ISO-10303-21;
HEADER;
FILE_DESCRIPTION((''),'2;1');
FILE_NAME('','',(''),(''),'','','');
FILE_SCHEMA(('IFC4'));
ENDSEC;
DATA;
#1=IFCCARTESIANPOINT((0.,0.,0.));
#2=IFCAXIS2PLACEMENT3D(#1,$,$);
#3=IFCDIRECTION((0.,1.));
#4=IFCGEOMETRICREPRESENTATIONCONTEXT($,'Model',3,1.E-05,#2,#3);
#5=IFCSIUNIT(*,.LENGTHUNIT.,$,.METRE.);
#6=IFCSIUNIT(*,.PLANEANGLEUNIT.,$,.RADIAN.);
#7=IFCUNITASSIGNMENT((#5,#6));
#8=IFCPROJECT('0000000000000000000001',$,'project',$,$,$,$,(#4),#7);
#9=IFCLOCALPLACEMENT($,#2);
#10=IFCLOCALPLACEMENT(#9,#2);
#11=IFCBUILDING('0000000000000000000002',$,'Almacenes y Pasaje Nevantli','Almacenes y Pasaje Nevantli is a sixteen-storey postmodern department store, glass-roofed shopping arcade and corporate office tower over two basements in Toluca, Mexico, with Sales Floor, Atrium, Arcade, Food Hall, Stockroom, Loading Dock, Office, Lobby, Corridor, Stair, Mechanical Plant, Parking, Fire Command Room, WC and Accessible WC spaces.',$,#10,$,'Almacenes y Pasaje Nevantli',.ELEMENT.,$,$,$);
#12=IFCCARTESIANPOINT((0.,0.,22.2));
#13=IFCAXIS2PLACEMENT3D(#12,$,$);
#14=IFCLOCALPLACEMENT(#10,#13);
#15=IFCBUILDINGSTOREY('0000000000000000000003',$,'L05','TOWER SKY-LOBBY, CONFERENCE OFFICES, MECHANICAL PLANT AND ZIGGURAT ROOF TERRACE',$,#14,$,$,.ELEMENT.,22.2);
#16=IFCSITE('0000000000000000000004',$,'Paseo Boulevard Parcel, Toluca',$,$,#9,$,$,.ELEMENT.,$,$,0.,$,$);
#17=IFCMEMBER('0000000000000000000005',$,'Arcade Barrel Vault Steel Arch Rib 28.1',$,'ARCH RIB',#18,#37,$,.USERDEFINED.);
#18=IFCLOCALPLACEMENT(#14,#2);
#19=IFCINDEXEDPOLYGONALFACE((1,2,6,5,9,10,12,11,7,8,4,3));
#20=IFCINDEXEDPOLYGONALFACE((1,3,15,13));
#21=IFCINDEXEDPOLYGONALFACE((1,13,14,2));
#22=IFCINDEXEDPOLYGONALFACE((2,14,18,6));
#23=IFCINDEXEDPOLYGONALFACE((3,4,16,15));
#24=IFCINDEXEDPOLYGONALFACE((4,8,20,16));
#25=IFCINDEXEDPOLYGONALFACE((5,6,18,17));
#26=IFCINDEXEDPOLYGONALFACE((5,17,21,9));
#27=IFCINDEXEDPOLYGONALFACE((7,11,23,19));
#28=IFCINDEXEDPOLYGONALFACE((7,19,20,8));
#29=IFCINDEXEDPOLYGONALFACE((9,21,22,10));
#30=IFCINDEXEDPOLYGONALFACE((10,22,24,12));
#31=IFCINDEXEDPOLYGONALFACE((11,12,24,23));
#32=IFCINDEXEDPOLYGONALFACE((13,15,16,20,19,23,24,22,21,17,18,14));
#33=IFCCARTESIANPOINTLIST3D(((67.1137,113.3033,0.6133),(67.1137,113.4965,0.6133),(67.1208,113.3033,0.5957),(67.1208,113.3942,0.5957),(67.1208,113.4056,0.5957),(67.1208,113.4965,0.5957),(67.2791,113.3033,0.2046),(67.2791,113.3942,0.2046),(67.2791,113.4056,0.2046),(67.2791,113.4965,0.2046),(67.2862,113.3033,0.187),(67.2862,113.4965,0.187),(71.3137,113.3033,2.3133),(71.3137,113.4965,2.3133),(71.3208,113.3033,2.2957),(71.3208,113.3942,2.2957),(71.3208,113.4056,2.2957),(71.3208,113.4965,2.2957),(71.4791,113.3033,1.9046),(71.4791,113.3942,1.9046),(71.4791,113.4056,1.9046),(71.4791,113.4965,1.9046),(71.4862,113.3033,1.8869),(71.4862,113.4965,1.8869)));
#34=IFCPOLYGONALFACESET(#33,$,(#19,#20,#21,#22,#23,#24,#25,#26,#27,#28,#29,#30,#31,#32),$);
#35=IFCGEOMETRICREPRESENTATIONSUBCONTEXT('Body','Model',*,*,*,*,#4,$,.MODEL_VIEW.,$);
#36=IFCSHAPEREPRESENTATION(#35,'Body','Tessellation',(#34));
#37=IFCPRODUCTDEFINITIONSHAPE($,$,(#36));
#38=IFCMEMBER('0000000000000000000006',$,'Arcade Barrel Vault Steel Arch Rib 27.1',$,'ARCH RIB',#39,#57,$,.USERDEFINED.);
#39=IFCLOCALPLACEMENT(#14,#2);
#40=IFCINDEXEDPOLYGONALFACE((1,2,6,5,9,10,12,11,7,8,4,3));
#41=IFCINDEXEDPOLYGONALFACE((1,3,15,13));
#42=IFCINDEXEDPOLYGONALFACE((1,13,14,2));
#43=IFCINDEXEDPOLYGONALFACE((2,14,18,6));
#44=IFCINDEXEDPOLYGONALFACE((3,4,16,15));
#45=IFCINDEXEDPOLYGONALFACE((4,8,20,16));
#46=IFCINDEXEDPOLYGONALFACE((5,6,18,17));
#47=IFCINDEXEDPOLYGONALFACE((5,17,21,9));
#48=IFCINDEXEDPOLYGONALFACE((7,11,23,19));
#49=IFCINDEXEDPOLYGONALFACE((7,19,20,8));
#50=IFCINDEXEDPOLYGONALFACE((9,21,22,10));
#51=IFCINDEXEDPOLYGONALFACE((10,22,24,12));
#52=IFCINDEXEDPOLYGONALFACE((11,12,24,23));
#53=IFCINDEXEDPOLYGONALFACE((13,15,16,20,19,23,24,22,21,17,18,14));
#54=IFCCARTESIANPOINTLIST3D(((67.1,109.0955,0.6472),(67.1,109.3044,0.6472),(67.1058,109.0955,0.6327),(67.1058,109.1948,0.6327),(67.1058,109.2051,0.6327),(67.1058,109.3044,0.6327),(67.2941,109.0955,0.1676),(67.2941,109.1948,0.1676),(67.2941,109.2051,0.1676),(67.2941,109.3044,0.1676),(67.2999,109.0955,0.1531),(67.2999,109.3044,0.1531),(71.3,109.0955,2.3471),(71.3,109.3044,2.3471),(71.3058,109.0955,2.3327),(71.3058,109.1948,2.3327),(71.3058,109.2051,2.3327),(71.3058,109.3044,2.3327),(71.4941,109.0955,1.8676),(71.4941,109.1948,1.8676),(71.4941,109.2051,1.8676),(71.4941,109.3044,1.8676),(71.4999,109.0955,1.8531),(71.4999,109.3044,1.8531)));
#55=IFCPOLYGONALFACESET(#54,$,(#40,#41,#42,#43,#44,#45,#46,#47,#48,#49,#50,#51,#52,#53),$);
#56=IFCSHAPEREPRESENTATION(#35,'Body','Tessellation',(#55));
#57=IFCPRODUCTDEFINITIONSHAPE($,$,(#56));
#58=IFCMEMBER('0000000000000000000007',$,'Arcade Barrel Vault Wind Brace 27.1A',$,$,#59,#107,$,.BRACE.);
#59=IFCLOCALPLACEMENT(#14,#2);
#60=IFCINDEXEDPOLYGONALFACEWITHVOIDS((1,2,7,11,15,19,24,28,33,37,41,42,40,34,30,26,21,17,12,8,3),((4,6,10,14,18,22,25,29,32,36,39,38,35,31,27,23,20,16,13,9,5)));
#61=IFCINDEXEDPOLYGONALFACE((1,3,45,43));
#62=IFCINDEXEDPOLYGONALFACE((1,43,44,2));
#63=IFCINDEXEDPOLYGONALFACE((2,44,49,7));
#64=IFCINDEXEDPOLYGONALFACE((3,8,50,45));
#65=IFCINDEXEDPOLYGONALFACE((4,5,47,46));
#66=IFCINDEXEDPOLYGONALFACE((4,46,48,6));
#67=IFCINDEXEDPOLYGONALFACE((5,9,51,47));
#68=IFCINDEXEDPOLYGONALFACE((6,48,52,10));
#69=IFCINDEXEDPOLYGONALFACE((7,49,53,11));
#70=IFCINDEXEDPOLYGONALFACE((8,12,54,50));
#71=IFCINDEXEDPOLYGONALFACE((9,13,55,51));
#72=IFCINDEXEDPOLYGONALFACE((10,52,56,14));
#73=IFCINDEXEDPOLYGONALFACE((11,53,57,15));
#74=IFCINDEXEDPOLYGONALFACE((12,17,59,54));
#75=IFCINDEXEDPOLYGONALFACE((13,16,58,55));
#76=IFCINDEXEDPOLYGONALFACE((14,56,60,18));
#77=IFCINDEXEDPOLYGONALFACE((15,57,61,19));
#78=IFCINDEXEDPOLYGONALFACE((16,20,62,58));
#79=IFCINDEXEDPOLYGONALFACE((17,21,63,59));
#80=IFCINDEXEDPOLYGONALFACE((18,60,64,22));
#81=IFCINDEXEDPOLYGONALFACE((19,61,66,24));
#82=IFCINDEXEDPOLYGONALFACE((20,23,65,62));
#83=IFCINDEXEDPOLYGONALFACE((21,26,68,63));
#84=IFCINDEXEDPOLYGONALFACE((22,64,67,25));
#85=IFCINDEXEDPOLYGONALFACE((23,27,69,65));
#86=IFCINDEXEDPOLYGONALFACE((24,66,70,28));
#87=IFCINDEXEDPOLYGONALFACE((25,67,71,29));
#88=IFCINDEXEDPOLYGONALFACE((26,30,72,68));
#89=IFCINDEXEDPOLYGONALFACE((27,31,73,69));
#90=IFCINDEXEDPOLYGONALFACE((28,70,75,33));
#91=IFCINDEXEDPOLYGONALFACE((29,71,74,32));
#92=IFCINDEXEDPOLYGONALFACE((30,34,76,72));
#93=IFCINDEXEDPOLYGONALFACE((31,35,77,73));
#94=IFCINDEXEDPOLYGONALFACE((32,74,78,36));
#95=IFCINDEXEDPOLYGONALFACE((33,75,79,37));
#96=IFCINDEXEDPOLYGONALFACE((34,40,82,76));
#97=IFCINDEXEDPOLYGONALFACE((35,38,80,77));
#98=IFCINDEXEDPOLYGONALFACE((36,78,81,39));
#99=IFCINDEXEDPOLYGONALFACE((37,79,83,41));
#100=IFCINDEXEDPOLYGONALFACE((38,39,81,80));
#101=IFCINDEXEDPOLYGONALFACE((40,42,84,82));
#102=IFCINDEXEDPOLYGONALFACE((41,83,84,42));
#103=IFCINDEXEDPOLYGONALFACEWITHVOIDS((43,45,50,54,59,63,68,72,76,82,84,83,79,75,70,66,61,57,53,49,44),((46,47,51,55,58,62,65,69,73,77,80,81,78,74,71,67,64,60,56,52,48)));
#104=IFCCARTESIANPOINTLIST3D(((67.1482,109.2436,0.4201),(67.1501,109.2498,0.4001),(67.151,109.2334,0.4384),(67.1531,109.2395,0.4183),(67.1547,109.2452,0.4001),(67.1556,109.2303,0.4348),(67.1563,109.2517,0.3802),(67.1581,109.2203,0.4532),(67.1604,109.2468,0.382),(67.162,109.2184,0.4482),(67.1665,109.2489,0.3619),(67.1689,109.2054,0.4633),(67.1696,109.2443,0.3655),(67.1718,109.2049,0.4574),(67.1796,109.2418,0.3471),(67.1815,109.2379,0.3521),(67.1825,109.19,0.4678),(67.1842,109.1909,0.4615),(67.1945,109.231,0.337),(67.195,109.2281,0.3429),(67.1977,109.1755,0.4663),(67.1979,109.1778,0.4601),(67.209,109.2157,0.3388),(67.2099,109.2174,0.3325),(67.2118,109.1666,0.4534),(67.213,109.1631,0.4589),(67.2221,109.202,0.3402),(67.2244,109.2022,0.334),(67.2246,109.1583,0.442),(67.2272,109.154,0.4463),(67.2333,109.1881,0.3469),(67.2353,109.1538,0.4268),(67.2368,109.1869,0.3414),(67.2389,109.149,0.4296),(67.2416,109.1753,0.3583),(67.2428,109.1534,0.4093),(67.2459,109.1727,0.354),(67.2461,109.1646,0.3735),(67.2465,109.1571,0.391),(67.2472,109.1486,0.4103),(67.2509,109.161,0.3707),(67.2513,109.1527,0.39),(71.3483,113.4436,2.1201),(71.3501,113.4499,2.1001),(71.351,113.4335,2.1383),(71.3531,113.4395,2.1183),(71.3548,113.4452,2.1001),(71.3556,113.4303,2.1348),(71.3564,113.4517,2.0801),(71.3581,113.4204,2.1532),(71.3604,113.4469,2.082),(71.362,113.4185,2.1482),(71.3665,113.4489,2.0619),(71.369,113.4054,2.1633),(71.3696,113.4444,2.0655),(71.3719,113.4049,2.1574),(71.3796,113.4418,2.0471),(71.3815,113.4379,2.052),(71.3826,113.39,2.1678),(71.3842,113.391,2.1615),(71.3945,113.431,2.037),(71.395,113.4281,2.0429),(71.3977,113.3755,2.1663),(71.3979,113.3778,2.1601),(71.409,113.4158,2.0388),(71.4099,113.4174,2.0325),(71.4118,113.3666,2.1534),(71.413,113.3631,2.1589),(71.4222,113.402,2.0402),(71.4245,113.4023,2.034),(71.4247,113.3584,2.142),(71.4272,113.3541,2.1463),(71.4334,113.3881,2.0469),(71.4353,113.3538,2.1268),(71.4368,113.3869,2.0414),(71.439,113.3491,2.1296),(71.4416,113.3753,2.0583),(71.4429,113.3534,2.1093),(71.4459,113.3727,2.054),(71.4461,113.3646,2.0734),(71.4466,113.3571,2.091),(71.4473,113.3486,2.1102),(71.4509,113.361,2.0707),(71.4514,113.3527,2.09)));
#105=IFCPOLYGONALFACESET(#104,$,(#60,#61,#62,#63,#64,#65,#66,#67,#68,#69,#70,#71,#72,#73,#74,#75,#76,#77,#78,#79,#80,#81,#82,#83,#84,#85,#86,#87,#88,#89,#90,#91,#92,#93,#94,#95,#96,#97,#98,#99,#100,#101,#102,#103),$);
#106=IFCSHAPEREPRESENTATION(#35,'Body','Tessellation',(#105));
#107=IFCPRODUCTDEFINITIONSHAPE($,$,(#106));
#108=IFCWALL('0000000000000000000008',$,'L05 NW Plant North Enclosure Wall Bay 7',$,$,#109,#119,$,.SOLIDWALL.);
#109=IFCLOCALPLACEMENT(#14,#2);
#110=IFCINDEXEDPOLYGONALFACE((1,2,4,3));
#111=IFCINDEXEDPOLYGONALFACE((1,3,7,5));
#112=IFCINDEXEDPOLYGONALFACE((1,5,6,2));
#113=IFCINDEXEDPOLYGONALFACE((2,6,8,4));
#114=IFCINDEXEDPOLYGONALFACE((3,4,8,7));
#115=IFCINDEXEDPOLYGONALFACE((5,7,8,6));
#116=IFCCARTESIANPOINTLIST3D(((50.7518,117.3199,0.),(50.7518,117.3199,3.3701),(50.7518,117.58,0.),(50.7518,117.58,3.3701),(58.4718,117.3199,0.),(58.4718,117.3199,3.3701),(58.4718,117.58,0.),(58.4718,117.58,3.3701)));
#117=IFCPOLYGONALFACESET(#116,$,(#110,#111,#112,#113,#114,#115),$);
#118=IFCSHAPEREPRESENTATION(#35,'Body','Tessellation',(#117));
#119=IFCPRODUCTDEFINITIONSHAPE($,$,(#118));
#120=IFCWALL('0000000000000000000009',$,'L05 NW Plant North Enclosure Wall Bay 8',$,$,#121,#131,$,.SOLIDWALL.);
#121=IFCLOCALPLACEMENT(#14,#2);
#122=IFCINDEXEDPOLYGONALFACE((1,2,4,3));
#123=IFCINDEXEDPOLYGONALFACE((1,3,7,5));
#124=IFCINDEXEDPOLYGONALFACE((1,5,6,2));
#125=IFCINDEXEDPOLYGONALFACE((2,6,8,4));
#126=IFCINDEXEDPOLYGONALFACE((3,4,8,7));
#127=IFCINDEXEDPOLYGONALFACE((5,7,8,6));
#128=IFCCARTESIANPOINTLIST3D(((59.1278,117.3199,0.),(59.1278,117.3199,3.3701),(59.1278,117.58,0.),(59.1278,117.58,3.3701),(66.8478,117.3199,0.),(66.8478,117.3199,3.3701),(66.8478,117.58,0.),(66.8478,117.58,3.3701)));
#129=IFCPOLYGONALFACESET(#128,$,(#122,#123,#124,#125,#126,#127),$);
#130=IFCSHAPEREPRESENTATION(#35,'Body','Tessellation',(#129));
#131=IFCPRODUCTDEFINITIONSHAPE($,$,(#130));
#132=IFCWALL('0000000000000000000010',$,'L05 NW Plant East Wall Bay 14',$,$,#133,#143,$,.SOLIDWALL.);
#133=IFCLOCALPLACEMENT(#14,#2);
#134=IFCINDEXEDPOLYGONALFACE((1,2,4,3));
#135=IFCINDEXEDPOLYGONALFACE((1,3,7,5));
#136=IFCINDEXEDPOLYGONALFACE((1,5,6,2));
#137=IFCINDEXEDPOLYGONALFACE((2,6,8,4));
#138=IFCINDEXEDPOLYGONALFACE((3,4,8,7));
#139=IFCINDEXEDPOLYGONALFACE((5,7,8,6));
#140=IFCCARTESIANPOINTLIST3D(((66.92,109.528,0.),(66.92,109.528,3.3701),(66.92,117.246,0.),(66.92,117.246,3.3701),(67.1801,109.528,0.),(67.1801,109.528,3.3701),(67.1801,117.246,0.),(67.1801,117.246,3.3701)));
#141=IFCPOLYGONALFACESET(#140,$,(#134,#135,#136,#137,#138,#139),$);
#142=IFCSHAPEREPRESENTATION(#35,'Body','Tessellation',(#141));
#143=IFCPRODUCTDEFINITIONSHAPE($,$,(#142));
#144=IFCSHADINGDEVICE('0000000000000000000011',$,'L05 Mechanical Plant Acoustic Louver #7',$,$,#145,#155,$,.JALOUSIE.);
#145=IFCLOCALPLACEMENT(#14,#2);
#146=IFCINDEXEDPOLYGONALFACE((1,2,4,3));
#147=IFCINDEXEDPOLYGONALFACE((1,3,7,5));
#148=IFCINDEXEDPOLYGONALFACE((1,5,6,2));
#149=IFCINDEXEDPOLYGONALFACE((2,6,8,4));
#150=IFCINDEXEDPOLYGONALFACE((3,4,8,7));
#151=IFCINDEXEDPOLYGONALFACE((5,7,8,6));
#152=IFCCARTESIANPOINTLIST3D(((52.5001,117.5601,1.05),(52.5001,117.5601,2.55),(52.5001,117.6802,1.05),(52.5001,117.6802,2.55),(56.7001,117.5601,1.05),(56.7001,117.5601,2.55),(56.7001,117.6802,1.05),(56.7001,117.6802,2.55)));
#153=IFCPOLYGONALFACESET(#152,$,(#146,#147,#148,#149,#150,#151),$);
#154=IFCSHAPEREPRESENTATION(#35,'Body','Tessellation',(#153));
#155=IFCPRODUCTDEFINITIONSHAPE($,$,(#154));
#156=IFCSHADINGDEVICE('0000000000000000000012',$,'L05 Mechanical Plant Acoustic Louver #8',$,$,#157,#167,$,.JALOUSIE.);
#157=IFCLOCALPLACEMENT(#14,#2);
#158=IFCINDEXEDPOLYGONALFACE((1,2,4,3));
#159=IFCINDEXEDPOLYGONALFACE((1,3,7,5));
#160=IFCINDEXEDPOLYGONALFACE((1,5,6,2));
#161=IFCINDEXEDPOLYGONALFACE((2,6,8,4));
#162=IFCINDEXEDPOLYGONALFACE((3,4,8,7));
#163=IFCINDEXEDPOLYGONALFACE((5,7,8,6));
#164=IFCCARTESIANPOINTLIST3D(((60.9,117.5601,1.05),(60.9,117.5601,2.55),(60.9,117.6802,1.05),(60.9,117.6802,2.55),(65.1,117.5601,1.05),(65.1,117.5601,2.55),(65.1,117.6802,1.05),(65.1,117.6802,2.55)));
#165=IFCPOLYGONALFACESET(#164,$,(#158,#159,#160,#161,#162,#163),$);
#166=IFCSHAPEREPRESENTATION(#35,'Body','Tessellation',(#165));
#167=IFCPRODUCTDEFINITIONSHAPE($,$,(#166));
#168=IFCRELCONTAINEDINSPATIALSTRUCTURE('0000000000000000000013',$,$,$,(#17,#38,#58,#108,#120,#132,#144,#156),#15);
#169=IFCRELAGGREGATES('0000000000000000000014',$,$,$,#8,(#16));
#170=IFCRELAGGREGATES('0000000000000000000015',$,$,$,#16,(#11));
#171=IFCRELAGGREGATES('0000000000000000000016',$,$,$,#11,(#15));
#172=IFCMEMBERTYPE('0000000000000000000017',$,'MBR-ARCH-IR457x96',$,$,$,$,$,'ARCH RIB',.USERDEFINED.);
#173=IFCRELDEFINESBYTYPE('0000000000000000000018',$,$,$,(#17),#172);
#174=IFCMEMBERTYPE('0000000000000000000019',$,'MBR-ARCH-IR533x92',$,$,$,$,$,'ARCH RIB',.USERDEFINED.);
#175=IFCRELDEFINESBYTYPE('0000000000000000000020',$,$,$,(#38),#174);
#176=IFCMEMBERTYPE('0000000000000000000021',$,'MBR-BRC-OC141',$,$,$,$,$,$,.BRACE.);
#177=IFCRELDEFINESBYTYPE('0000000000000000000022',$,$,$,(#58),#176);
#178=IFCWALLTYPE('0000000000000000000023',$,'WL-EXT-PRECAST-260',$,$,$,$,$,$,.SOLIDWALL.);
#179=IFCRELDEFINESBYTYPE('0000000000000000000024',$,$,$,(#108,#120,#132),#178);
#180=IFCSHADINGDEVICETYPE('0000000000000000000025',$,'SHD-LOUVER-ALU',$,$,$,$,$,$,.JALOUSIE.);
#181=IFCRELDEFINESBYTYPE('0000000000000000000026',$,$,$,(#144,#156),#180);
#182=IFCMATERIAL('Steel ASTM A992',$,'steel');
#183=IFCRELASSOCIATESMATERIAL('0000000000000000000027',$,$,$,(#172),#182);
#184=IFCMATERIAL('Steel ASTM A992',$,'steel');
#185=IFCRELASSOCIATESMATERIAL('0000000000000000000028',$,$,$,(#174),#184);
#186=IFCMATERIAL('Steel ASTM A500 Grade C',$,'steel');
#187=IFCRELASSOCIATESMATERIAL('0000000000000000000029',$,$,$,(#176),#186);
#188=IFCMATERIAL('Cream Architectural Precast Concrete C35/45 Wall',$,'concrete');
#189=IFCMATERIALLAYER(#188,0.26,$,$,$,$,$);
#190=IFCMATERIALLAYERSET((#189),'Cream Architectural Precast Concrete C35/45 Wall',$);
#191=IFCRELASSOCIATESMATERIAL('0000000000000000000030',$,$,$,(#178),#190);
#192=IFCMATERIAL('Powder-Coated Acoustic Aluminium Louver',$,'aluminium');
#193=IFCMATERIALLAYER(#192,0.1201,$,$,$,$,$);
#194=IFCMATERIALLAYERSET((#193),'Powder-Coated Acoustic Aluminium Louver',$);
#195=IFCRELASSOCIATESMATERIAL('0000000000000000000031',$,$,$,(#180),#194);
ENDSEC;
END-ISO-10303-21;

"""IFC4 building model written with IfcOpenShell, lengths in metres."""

from ifc_helpers import new_model, si_unit, direction, frame, frame_2d, origin, origin_2d, place, context, subcontext, project, spatial, rectangle, hollow_circle, i_section, extrude, material, layer, layer_set, material_profile, profile_set, type_object, element, save


model = new_model("IFC4")

# Units and contexts
model_context = context("Model", 3, precision=1e-05, world=origin(), true_north=direction((0.0, 1.0)))
body_context = subcontext(model_context, "Body", "Model", "MODEL_VIEW")
ifc_project = project(units=[si_unit("LENGTHUNIT", "METRE"), si_unit("PLANEANGLEUNIT", "RADIAN")], contexts=[model_context])

# Site, building, storey
site_placement = place(None, origin())
site = spatial("IfcSite", under=ifc_project, at=site_placement, Name="Paseo Boulevard Parcel, Toluca", CompositionType="ELEMENT", RefElevation=0.0)
building_placement = place(site_placement, origin())
building = spatial("IfcBuilding", under=site, at=building_placement, Name="Almacenes y Pasaje Nevantli", Description="Almacenes y Pasaje Nevantli is a sixteen-storey postmodern department store, glass-roofed shopping arcade and corporate office tower over two basements in Toluca, Mexico, with Sales Floor, Atrium, Arcade, Food Hall, Stockroom, Loading Dock, Office, Lobby, Corridor, Stair, Mechanical Plant, Parking, Fire Command Room, WC and Accessible WC spaces.", LongName="Almacenes y Pasaje Nevantli", CompositionType="ELEMENT")
storey_placement = place(building_placement, frame((0.0, 0.0, 22.2)))
storey = spatial("IfcBuildingStorey", under=building, at=storey_placement, Name="L05", Description="TOWER SKY-LOBBY, CONFERENCE OFFICES, MECHANICAL PLANT AND ZIGGURAT ROOF TERRACE", CompositionType="ELEMENT", Elevation=22.2)

# Members
ifc_material_1 = material(Name="Steel ASTM A992", Category="steel")
ifc_material_profile_1 = material_profile(ifc_material_1, i_section(OverallWidth=0.1931, OverallDepth=0.46, WebThickness=0.0115, FlangeThickness=0.019, at=origin_2d()), Name="IR 457x96.7")
ifc_profile_set_1 = profile_set([ifc_material_profile_1], Name="Steel ASTM A992")
member_type_1 = type_object("IfcMemberType", Name="MBR-ARCH-IR457x96", ElementType="ARCH RIB", PredefinedType="USERDEFINED", material=ifc_profile_set_1)
member_1_placement = place(storey_placement, frame((67.2, 113.3999, 0.4001), z_axis=(0.926949, 0.0, 0.375187), x_axis=(0.0, 1.0, 0.0)))
element("IfcMember", 1, at=member_1_placement, inside=storey, type_object=member_type_1, Name="Arcade Barrel Vault Steel Arch Rib 28.1", ObjectType="ARCH RIB", PredefinedType="USERDEFINED", context=body_context, shape_type="SweptSolid", body=[
    extrude(i_section(OverallWidth=0.1931, OverallDepth=0.46, WebThickness=0.0115, FlangeThickness=0.019, at=origin_2d()), origin(), (0.0, 0.0, 1.0), 4.531),
])
ifc_material_2 = material(Name="Steel ASTM A992", Category="steel")
ifc_material_profile_2 = material_profile(ifc_material_2, i_section(OverallWidth=0.209, OverallDepth=0.533, WebThickness=0.0103, FlangeThickness=0.0156, at=origin_2d()), Name="IR 533x92.5")
ifc_profile_set_2 = profile_set([ifc_material_profile_2], Name="Steel ASTM A992")
member_type_2 = type_object("IfcMemberType", Name="MBR-ARCH-IR533x92", ElementType="ARCH RIB", PredefinedType="USERDEFINED", material=ifc_profile_set_2)
member_2_placement = place(storey_placement, frame((67.2, 109.2, 0.4001), z_axis=(0.926949, 0.0, 0.375187), x_axis=(0.0, 1.0, 0.0)))
element("IfcMember", 2, at=member_2_placement, inside=storey, type_object=member_type_2, Name="Arcade Barrel Vault Steel Arch Rib 27.1", ObjectType="ARCH RIB", PredefinedType="USERDEFINED", context=body_context, shape_type="SweptSolid", body=[
    extrude(i_section(OverallWidth=0.209, OverallDepth=0.533, WebThickness=0.0103, FlangeThickness=0.0156, at=origin_2d()), origin(), (0.0, 0.0, 1.0), 4.531),
])
ifc_material_3 = material(Name="Steel ASTM A500 Grade C", Category="steel")
ifc_material_profile_3 = material_profile(ifc_material_3, hollow_circle(Radius=0.0706, WallThickness=0.0066, at=origin_2d()), Name="OC 141x6.6")
ifc_profile_set_3 = profile_set([ifc_material_profile_3], Name="Steel ASTM A500 Grade C")
member_type_3 = type_object("IfcMemberType", Name="MBR-BRC-OC141", PredefinedType="BRACE", material=ifc_profile_set_3)
member_3_placement = place(storey_placement, frame((67.2, 109.2, 0.4001), z_axis=(0.679812, 0.679812, 0.275157), x_axis=(-0.707107, 0.707107, 0.0)))
element("IfcMember", 3, at=member_3_placement, inside=storey, type_object=member_type_3, Name="Arcade Barrel Vault Wind Brace 27.1A", PredefinedType="BRACE", context=body_context, shape_type="SweptSolid", body=[
    extrude(hollow_circle(Radius=0.0706, WallThickness=0.0066, at=origin_2d()), origin(), (0.0, 0.0, 1.0), 6.1782),
])

# Walls
ifc_material_4 = material(Name="Cream Architectural Precast Concrete C35/45 Wall", Category="concrete")
ifc_layer_1 = layer(ifc_material_4, 0.26)
ifc_layer_set_1 = layer_set([ifc_layer_1], Name="Cream Architectural Precast Concrete C35/45 Wall")
wall_type = type_object("IfcWallType", Name="WL-EXT-PRECAST-260", PredefinedType="SOLIDWALL", material=ifc_layer_set_1)
for number, where, z_axis, x_axis, name in (
    (4, (50.752, 117.45, 0.0), (0.0, 0.0, 1.0), (1.0, 0.0, 0.0), "L05 NW Plant North Enclosure Wall Bay 7"),
    (5, (59.1279, 117.45, 0.0), (0.0, 0.0, 1.0), (1.0, 0.0, 0.0), "L05 NW Plant North Enclosure Wall Bay 8"),
):
    element("IfcWall", number, at=place(storey_placement, frame(where, z_axis=z_axis, x_axis=x_axis)), inside=storey, type_object=wall_type, Name=name, PredefinedType="SOLIDWALL", context=body_context, shape_type="SweptSolid", body=[
        extrude(rectangle(XDim=7.72, YDim=0.26, at=frame_2d((3.8599, 0.0))), origin(), (0.0, 0.0, 1.0), 3.3701),
    ])
wall_placement = place(storey_placement, frame((67.05, 109.5281, 0.0), z_axis=(0.0, 0.0, 1.0), x_axis=(0.0, 1.0, 0.0)))
element("IfcWall", 6, at=wall_placement, inside=storey, type_object=wall_type, Name="L05 NW Plant East Wall Bay 14", PredefinedType="SOLIDWALL", context=body_context, shape_type="SweptSolid", body=[
    extrude(rectangle(XDim=7.718, YDim=0.26, at=frame_2d((3.8589, 0.0))), origin(), (0.0, 0.0, 1.0), 3.3701),
])

# Shading devices
ifc_material_5 = material(Name="Powder-Coated Acoustic Aluminium Louver", Category="aluminium")
ifc_layer_2 = layer(ifc_material_5, 0.1201)
ifc_layer_set_2 = layer_set([ifc_layer_2], Name="Powder-Coated Acoustic Aluminium Louver")
shading_device_type = type_object("IfcShadingDeviceType", Name="SHD-LOUVER-ALU", PredefinedType="JALOUSIE", material=ifc_layer_set_2)
for number, where, z_axis, x_axis, name in (
    (7, (54.6001, 117.6201, 1.05), (0.0, 0.0, 1.0), (1.0, 0.0, 0.0), "L05 Mechanical Plant Acoustic Louver #7"),
    (8, (63.0, 117.6201, 1.05), (0.0, 0.0, 1.0), (1.0, 0.0, 0.0), "L05 Mechanical Plant Acoustic Louver #8"),
):
    element("IfcShadingDevice", number, at=place(storey_placement, frame(where, z_axis=z_axis, x_axis=x_axis)), inside=storey, type_object=shading_device_type, Name=name, PredefinedType="JALOUSIE", context=body_context, shape_type="SweptSolid", body=[
        extrude(rectangle(XDim=4.2, YDim=0.1201, at=origin_2d()), origin(), (0.0, 0.0, 1.0), 1.5),
    ])

save(model, "model.ifc")
